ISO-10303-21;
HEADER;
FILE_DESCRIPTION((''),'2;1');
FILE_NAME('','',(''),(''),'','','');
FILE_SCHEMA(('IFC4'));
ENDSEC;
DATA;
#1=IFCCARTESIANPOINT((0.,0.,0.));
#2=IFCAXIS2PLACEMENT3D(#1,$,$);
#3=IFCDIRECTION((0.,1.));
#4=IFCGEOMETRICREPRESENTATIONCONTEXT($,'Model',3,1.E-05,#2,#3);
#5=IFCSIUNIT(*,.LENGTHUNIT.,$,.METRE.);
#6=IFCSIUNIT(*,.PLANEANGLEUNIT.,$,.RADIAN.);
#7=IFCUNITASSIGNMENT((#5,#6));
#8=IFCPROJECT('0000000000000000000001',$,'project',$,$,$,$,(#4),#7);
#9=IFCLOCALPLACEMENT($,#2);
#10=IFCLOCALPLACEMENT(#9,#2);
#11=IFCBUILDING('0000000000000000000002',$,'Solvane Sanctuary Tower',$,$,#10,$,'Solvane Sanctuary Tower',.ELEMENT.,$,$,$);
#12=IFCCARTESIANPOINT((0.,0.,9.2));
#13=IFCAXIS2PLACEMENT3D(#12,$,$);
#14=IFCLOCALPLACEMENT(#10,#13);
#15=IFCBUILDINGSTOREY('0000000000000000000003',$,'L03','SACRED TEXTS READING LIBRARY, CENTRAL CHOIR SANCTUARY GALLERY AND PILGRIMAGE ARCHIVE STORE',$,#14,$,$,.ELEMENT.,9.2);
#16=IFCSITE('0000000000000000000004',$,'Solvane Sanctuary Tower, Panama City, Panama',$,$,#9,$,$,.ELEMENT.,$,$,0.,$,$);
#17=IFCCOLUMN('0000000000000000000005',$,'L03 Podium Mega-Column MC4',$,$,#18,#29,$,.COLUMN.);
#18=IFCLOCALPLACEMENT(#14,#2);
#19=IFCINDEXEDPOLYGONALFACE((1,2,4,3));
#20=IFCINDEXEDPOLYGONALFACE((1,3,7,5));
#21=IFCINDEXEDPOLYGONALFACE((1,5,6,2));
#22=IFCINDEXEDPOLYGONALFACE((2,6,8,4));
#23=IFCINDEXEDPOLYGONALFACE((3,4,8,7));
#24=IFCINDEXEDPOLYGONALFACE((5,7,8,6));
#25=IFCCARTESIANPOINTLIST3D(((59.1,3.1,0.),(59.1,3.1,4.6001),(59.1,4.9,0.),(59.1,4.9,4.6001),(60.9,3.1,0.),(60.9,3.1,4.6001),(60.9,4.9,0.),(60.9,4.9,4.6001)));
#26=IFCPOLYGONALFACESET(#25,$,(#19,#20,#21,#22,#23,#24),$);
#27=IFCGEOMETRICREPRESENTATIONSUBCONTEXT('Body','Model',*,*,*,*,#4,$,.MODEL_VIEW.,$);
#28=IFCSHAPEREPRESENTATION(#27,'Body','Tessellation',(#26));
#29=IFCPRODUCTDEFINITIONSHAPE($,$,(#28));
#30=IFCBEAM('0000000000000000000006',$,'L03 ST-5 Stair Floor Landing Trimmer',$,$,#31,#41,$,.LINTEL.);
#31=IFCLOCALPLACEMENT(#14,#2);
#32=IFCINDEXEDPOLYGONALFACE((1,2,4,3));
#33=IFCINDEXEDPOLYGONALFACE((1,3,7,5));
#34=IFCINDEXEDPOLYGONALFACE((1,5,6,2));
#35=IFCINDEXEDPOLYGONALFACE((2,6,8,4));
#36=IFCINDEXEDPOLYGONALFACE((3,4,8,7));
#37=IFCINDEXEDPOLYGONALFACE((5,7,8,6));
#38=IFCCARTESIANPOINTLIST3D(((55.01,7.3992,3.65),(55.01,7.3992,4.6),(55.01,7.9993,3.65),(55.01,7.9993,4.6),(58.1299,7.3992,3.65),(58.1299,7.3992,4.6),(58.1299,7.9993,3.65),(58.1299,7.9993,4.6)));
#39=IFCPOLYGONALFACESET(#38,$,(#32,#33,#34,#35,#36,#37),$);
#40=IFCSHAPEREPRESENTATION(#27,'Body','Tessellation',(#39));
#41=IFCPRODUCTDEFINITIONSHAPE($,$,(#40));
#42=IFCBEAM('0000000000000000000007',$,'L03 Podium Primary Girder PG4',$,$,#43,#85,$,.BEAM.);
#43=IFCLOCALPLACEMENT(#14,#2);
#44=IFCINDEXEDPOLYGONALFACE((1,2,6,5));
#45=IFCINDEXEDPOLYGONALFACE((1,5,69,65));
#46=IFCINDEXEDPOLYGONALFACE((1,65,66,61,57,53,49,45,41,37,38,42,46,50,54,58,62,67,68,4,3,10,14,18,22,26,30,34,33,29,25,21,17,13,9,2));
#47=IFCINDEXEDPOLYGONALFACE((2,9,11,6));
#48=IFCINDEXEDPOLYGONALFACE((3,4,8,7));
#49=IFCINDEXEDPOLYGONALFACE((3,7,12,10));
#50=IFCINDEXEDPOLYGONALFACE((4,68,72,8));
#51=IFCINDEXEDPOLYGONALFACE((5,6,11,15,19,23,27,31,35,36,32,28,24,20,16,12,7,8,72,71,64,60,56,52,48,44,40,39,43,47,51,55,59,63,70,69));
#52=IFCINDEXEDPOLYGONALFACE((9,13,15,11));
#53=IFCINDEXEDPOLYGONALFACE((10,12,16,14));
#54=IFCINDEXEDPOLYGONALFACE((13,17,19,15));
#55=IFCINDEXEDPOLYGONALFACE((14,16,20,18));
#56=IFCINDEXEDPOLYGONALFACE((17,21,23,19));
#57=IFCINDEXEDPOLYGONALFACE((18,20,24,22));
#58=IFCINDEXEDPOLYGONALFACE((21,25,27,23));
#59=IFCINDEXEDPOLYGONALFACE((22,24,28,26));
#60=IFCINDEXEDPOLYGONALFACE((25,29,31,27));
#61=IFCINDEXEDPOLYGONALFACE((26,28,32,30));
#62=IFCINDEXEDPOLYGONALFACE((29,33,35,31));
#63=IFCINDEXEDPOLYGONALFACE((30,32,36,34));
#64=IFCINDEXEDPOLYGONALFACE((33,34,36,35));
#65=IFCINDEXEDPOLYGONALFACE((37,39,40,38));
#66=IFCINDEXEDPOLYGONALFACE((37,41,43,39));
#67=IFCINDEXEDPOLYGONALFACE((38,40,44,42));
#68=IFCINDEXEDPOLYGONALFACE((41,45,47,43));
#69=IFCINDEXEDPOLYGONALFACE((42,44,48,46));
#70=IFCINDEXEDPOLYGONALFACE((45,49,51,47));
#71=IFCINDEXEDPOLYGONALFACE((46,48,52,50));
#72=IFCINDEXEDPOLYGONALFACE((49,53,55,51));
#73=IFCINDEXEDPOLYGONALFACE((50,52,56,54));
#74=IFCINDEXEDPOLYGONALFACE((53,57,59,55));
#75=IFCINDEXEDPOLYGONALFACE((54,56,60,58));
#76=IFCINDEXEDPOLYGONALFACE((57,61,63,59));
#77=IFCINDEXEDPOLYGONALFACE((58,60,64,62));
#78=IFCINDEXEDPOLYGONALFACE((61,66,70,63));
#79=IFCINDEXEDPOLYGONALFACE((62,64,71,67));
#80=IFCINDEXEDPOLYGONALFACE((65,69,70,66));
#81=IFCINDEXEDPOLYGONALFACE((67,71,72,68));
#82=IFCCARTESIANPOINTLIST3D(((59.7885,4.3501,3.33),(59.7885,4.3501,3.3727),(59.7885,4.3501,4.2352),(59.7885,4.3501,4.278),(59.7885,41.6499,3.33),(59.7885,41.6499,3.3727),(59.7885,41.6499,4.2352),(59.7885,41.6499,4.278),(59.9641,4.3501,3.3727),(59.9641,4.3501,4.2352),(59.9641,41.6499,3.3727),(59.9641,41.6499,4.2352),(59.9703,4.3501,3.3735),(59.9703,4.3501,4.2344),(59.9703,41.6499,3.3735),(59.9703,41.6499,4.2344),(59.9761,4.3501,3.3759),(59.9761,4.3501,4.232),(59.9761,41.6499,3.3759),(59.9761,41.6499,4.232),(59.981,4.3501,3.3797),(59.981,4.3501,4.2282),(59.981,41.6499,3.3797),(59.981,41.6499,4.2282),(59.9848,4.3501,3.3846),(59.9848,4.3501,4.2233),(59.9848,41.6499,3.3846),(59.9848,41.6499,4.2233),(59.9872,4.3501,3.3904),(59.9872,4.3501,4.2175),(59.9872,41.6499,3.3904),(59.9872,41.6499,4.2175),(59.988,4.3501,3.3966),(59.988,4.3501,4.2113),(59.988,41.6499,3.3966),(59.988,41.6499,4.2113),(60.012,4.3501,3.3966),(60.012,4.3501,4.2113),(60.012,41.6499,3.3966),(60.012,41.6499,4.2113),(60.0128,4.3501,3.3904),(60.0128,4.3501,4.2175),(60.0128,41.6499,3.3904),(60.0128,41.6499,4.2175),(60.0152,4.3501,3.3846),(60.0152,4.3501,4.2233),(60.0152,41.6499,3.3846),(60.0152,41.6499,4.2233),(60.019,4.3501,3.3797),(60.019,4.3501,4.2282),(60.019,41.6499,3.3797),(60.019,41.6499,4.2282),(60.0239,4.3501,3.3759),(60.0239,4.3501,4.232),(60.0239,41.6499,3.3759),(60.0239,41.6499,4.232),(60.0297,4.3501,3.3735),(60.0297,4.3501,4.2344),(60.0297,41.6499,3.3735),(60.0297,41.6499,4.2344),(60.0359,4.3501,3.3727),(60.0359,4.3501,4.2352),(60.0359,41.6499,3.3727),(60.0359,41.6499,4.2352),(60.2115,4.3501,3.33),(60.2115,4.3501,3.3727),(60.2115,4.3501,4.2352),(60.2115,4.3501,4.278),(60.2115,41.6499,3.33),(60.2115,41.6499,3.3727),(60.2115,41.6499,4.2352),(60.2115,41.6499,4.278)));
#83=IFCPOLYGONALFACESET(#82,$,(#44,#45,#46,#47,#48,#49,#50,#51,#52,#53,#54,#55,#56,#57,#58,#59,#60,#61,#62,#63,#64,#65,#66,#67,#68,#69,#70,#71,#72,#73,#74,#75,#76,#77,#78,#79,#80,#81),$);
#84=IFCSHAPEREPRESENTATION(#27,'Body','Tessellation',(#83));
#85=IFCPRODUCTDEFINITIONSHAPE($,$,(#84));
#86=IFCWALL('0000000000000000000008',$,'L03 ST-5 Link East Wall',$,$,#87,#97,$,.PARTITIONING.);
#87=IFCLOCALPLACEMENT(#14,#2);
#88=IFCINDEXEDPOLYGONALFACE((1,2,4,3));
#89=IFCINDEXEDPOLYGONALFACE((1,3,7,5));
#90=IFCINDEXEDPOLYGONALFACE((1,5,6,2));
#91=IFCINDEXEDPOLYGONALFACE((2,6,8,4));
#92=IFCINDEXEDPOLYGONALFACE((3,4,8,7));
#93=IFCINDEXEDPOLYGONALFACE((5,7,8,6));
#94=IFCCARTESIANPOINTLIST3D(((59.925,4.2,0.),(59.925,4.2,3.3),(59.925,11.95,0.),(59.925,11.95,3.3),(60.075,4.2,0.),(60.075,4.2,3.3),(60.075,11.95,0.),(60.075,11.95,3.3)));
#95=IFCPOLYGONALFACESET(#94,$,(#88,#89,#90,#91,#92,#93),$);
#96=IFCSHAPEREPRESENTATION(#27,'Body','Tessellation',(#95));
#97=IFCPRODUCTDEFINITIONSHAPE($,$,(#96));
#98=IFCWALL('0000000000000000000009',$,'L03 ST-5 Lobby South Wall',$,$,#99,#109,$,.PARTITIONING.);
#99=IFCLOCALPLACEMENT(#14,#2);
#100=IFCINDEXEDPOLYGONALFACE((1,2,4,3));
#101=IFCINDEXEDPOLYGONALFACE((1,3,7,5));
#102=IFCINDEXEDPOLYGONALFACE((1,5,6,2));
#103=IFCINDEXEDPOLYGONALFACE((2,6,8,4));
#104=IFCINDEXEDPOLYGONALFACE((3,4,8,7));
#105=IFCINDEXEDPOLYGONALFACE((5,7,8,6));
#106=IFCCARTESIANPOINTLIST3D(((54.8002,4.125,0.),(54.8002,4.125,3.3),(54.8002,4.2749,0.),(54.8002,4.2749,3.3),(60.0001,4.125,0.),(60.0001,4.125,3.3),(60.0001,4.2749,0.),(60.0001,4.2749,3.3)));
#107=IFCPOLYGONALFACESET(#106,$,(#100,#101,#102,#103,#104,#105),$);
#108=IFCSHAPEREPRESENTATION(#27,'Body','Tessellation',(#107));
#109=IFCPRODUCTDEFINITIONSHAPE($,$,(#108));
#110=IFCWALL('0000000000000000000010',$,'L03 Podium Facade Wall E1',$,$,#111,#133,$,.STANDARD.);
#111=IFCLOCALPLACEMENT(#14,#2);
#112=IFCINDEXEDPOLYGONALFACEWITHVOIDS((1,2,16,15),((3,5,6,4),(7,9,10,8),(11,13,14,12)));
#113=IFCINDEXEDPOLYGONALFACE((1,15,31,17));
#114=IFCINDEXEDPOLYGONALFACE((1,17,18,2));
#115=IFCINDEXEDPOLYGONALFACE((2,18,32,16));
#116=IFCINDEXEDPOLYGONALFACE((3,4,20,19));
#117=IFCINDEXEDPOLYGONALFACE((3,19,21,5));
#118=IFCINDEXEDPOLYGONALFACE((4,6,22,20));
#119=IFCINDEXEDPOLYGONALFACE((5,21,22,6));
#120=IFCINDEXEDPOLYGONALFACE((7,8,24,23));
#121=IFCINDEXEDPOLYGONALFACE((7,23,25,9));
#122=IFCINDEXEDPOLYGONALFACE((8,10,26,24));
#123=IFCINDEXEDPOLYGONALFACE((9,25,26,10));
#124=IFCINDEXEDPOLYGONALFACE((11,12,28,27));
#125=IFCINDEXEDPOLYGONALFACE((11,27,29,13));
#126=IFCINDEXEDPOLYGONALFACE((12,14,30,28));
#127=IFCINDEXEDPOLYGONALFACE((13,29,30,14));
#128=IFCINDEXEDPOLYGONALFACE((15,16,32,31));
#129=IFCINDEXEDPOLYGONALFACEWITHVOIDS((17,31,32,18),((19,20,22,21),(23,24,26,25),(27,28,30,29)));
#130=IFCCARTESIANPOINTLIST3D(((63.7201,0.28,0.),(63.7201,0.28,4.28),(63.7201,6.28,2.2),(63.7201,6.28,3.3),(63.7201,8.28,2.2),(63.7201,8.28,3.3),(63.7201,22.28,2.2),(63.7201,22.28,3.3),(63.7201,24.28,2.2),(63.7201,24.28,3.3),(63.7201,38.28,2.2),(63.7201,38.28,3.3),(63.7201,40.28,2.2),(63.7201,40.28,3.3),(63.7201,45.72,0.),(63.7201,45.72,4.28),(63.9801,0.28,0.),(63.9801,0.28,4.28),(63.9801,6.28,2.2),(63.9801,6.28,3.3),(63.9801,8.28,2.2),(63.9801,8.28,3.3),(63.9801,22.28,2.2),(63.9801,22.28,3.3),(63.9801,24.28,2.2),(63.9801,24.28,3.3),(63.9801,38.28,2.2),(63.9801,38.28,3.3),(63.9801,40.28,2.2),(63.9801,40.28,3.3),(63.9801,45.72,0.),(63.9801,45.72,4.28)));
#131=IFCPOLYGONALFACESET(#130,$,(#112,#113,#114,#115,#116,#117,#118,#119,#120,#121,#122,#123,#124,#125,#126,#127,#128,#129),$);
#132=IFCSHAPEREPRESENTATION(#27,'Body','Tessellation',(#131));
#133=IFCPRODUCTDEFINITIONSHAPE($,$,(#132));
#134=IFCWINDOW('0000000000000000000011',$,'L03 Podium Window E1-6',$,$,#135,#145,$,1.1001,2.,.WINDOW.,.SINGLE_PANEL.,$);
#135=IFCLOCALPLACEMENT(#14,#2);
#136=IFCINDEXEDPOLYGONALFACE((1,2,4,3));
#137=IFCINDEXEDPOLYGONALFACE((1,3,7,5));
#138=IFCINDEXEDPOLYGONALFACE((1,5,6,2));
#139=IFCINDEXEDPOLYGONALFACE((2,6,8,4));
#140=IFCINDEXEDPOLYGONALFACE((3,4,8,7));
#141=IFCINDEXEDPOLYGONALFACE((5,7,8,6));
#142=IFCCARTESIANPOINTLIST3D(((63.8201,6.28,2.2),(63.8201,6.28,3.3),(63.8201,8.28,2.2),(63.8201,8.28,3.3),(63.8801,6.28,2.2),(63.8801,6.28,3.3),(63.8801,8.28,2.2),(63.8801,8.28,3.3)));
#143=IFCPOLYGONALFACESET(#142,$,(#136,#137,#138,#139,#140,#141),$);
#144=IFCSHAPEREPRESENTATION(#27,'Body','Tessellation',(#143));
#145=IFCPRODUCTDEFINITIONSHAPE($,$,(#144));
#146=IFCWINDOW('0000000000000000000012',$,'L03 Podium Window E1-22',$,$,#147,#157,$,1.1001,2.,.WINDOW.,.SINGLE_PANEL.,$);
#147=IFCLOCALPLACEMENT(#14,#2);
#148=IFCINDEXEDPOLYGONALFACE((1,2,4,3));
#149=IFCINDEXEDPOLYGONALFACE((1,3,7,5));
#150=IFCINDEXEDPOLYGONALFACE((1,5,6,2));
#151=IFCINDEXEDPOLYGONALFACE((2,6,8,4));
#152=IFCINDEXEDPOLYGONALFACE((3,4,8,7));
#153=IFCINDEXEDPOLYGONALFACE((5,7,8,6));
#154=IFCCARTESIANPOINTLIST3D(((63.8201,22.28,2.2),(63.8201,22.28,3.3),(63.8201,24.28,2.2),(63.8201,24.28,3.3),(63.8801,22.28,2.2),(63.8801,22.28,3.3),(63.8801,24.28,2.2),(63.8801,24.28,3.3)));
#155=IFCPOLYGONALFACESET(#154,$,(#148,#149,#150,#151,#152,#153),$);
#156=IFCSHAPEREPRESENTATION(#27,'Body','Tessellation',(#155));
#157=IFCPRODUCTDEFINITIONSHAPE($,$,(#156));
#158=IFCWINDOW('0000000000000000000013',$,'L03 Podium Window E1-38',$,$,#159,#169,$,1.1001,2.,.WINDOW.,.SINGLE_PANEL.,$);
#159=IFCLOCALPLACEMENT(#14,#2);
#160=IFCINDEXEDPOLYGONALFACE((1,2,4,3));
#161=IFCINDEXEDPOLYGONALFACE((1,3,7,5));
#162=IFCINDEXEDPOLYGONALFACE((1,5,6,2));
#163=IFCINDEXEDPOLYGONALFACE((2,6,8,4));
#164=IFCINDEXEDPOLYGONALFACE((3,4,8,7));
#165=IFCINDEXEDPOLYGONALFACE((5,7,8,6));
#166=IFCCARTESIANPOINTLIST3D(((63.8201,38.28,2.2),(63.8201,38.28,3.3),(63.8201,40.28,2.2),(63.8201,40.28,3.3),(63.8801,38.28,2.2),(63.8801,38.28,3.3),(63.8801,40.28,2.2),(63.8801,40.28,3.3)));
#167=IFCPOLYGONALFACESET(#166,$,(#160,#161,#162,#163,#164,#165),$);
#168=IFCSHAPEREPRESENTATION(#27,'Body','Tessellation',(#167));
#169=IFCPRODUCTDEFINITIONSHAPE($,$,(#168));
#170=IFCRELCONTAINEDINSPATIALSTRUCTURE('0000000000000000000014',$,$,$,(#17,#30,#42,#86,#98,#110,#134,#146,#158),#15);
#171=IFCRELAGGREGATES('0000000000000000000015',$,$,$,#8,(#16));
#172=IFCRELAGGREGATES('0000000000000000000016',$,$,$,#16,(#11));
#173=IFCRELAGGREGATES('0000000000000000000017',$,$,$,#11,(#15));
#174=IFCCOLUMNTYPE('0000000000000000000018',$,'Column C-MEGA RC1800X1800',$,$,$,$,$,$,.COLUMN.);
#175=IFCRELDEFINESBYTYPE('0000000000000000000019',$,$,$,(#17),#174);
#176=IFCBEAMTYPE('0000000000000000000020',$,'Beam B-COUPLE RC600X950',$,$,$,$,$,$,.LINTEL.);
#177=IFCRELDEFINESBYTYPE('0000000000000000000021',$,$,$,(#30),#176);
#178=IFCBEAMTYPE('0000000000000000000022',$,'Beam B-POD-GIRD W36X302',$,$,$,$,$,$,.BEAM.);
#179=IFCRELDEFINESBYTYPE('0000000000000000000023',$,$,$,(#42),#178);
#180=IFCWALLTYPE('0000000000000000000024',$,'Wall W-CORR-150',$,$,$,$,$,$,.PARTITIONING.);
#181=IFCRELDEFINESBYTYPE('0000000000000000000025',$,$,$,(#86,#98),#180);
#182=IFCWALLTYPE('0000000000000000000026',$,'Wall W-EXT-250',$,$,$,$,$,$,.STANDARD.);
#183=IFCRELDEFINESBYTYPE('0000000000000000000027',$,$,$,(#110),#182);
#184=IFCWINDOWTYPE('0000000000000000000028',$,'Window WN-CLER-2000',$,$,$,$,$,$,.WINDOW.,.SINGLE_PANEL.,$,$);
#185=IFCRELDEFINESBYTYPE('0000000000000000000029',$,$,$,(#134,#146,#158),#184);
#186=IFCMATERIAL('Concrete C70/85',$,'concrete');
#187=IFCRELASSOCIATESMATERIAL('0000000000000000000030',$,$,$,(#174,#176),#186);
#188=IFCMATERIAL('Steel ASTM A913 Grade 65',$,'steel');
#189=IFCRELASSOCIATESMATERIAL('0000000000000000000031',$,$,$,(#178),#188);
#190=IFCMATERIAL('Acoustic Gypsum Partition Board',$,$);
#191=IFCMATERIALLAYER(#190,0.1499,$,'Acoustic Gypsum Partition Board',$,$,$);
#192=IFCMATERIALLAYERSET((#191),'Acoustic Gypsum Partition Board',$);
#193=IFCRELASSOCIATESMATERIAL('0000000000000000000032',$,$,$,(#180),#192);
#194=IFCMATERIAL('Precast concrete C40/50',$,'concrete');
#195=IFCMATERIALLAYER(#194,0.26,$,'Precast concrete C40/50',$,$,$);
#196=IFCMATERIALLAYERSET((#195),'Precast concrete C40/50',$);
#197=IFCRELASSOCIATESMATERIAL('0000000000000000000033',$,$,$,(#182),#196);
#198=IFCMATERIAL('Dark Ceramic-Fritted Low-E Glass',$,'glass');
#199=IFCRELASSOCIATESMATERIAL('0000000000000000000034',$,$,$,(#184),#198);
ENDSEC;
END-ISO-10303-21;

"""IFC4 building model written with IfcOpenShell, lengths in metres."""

from ifc_helpers import new_model, si_unit, direction, frame, frame_2d, origin, origin_2d, place, context, subcontext, project, spatial, rectangle, i_section, extrude, material, layer, layer_set, material_profile, profile_set, type_object, element, fill, save


model = new_model("IFC4")

# Units and contexts
model_context = context("Model", 3, precision=1e-05, world=origin(), true_north=direction((0.0, 1.0)))
body_context = subcontext(model_context, "Body", "Model", "MODEL_VIEW")
ifc_project = project(units=[si_unit("LENGTHUNIT", "METRE"), si_unit("PLANEANGLEUNIT", "RADIAN")], contexts=[model_context])

# Site, building, storey
site_placement = place(None, origin())
site = spatial("IfcSite", under=ifc_project, at=site_placement, Name="Solvane Sanctuary Tower, Panama City, Panama", CompositionType="ELEMENT", RefElevation=0.0)
building_placement = place(site_placement, origin())
building = spatial("IfcBuilding", under=site, at=building_placement, Name="Solvane Sanctuary Tower", LongName="Solvane Sanctuary Tower", CompositionType="ELEMENT")
storey_placement = place(building_placement, frame((0.0, 0.0, 9.2)))
storey = spatial("IfcBuildingStorey", under=building, at=storey_placement, Name="L03", Description="SACRED TEXTS READING LIBRARY, CENTRAL CHOIR SANCTUARY GALLERY AND PILGRIMAGE ARCHIVE STORE", CompositionType="ELEMENT", Elevation=9.2)

# Column
ifc_material_1 = material(Name="Concrete C70/85", Category="concrete")
ifc_material_profile_1 = material_profile(ifc_material_1, rectangle(XDim=1.8, YDim=1.8, at=origin_2d()), Name="RC1800X1800")
ifc_profile_set_1 = profile_set([ifc_material_profile_1], Name="Concrete C70/85")
column_type = type_object("IfcColumnType", Name="Column C-MEGA RC1800X1800", PredefinedType="COLUMN", material=ifc_profile_set_1)
column_placement = place(storey_placement, frame((60.0, 4.0, 0.0), z_axis=(0.0, 0.0, 1.0), x_axis=(1.0, 0.0, 0.0)))
element("IfcColumn", 1, at=column_placement, inside=storey, type_object=column_type, Name="L03 Podium Mega-Column MC4", PredefinedType="COLUMN", context=body_context, shape_type="SweptSolid", body=[
    extrude(rectangle(XDim=1.8, YDim=1.8, at=origin_2d()), origin(), (0.0, 0.0, 1.0), 4.6001),
])

# Beams
ifc_material_profile_2 = material_profile(ifc_material_1, rectangle(XDim=0.6001, YDim=0.95, at=origin_2d()), Name="RC600X950")
ifc_profile_set_2 = profile_set([ifc_material_profile_2], Name="Concrete C70/85")
beam_type_1 = type_object("IfcBeamType", Name="Beam B-COUPLE RC600X950", PredefinedType="LINTEL", material=ifc_profile_set_2)
beam_1_placement = place(storey_placement, frame((55.01, 7.6992, 4.125), z_axis=(1.0, 0.0, 0.0), x_axis=(0.0, 1.0, 0.0)))
element("IfcBeam", 2, at=beam_1_placement, inside=storey, type_object=beam_type_1, Name="L03 ST-5 Stair Floor Landing Trimmer", PredefinedType="LINTEL", context=body_context, shape_type="SweptSolid", body=[
    extrude(rectangle(XDim=0.6001, YDim=0.95, at=origin_2d()), origin(), (0.0, 0.0, 1.0), 3.1199),
])
ifc_material_2 = material(Name="Steel ASTM A913 Grade 65", Category="steel")
ifc_material_profile_3 = material_profile(ifc_material_2, i_section(OverallWidth=0.4231, OverallDepth=0.948, WebThickness=0.0239, FlangeThickness=0.0427, FilletRadius=0.0239, at=origin_2d()), Name="W36X302")
ifc_profile_set_3 = profile_set([ifc_material_profile_3], Name="Steel ASTM A913 Grade 65")
beam_type_2 = type_object("IfcBeamType", Name="Beam B-POD-GIRD W36X302", PredefinedType="BEAM", material=ifc_profile_set_3)
beam_2_placement = place(storey_placement, frame((60.0, 4.3501, 3.804), z_axis=(0.0, 1.0, 0.0), x_axis=(-1.0, 0.0, 0.0)))
element("IfcBeam", 3, at=beam_2_placement, inside=storey, type_object=beam_type_2, Name="L03 Podium Primary Girder PG4", PredefinedType="BEAM", context=body_context, shape_type="SweptSolid", body=[
    extrude(i_section(OverallWidth=0.4231, OverallDepth=0.948, WebThickness=0.0239, FlangeThickness=0.0427, FilletRadius=0.0239, at=origin_2d()), origin(), (0.0, 0.0, 1.0), 37.2998),
])

# Walls
ifc_material_3 = material(Name="Acoustic Gypsum Partition Board")
ifc_layer_1 = layer(ifc_material_3, 0.1499, Name="Acoustic Gypsum Partition Board")
ifc_layer_set_1 = layer_set([ifc_layer_1], Name="Acoustic Gypsum Partition Board")
wall_type_1 = type_object("IfcWallType", Name="Wall W-CORR-150", PredefinedType="PARTITIONING", material=ifc_layer_set_1)
wall_1_placement = place(storey_placement, frame((60.0, 4.2, 0.0), z_axis=(0.0, 0.0, 1.0), x_axis=(0.0, 1.0, 0.0)))
element("IfcWall", 4, at=wall_1_placement, inside=storey, type_object=wall_type_1, Name="L03 ST-5 Link East Wall", PredefinedType="PARTITIONING", context=body_context, shape_type="SweptSolid", body=[
    extrude(rectangle(XDim=7.75, YDim=0.1499, at=frame_2d((3.875, 0.0))), origin(), (0.0, 0.0, 1.0), 3.3),
])
wall_2_placement = place(storey_placement, frame((54.8, 4.2, 0.0), z_axis=(0.0, 0.0, 1.0), x_axis=(1.0, 0.0, 0.0)))
element("IfcWall", 5, at=wall_2_placement, inside=storey, type_object=wall_type_1, Name="L03 ST-5 Lobby South Wall", PredefinedType="PARTITIONING", context=body_context, shape_type="SweptSolid", body=[
    extrude(rectangle(XDim=5.2, YDim=0.1499, at=frame_2d((2.6001, 0.0))), origin(), (0.0, 0.0, 1.0), 3.3),
])

# Wall, openings, windows
ifc_material_4 = material(Name="Precast concrete C40/50", Category="concrete")
ifc_layer_2 = layer(ifc_material_4, 0.26, Name="Precast concrete C40/50")
ifc_layer_set_2 = layer_set([ifc_layer_2], Name="Precast concrete C40/50")
wall_type_2 = type_object("IfcWallType", Name="Wall W-EXT-250", PredefinedType="STANDARD", material=ifc_layer_set_2)
wall_3_placement = place(storey_placement, frame((63.8501, 0.28, 0.0), z_axis=(0.0, 0.0, 1.0), x_axis=(0.0, 1.0, 0.0)))
wall_3 = element("IfcWall", 6, at=wall_3_placement, inside=storey, type_object=wall_type_2, Name="L03 Podium Facade Wall E1", PredefinedType="STANDARD", context=body_context, shape_type="SweptSolid", body=[
    extrude(rectangle(XDim=45.4399, YDim=0.26, at=frame_2d((22.72, 0.0))), origin(), (0.0, 0.0, 1.0), 4.28),
])
opening_1_placement = place(wall_3_placement, frame((6.0, 0.0, 2.2)))
opening_1 = element("IfcOpeningElement", 7, at=opening_1_placement, cuts=wall_3, PredefinedType="OPENING", context=body_context, shape_type="SweptSolid", body=[
    extrude(rectangle(XDim=2.0, YDim=1.1001, at=frame_2d((1.0, 0.55))), frame((0.0, 0.1399, 0.0), z_axis=(0.0, -1.0, 0.0), x_axis=(1.0, 0.0, 0.0)), (0.0, 0.0, 1.0), 0.28),
])
opening_2_placement = place(wall_3_placement, frame((22.0, 0.0, 2.2)))
opening_2 = element("IfcOpeningElement", 8, at=opening_2_placement, cuts=wall_3, PredefinedType="OPENING", context=body_context, shape_type="SweptSolid", body=[
    extrude(rectangle(XDim=2.0, YDim=1.1001, at=frame_2d((1.0, 0.55))), frame((0.0, 0.1399, 0.0), z_axis=(0.0, -1.0, 0.0), x_axis=(1.0, 0.0, 0.0)), (0.0, 0.0, 1.0), 0.28),
])
opening_3_placement = place(wall_3_placement, frame((38.0, 0.0, 2.2)))
opening_3 = element("IfcOpeningElement", 9, at=opening_3_placement, cuts=wall_3, PredefinedType="OPENING", context=body_context, shape_type="SweptSolid", body=[
    extrude(rectangle(XDim=2.0, YDim=1.1001, at=frame_2d((1.0, 0.55))), frame((0.0, 0.1399, 0.0), z_axis=(0.0, -1.0, 0.0), x_axis=(1.0, 0.0, 0.0)), (0.0, 0.0, 1.0), 0.28),
])
ifc_material_5 = material(Name="Dark Ceramic-Fritted Low-E Glass", Category="glass")
window_type = type_object("IfcWindowType", Name="Window WN-CLER-2000", PartitioningType="SINGLE_PANEL", PredefinedType="WINDOW", material=ifc_material_5)
window_1_placement = place(opening_1_placement, origin())
window_1 = element("IfcWindow", 10, at=window_1_placement, inside=storey, type_object=window_type, Name="L03 Podium Window E1-6", OverallHeight=1.1001, OverallWidth=2.0, PartitioningType="SINGLE_PANEL", PredefinedType="WINDOW", context=body_context, shape_type="SweptSolid", body=[
    extrude(rectangle(XDim=2.0, YDim=1.1001, at=frame_2d((1.0, 0.55))), frame((0.0, 0.03, 0.0), z_axis=(0.0, -1.0, 0.0), x_axis=(1.0, 0.0, 0.0)), (0.0, 0.0, 1.0), 0.0601),
])
fill(opening_1, window_1)
window_2_placement = place(opening_2_placement, origin())
window_2 = element("IfcWindow", 11, at=window_2_placement, inside=storey, type_object=window_type, Name="L03 Podium Window E1-22", OverallHeight=1.1001, OverallWidth=2.0, PartitioningType="SINGLE_PANEL", PredefinedType="WINDOW", context=body_context, shape_type="SweptSolid", body=[
    extrude(rectangle(XDim=2.0, YDim=1.1001, at=frame_2d((1.0, 0.55))), frame((0.0, 0.03, 0.0), z_axis=(0.0, -1.0, 0.0), x_axis=(1.0, 0.0, 0.0)), (0.0, 0.0, 1.0), 0.0601),
])
fill(opening_2, window_2)
window_3_placement = place(opening_3_placement, origin())
window_3 = element("IfcWindow", 12, at=window_3_placement, inside=storey, type_object=window_type, Name="L03 Podium Window E1-38", OverallHeight=1.1001, OverallWidth=2.0, PartitioningType="SINGLE_PANEL", PredefinedType="WINDOW", context=body_context, shape_type="SweptSolid", body=[
    extrude(rectangle(XDim=2.0, YDim=1.1001, at=frame_2d((1.0, 0.55))), frame((0.0, 0.03, 0.0), z_axis=(0.0, -1.0, 0.0), x_axis=(1.0, 0.0, 0.0)), (0.0, 0.0, 1.0), 0.0601),
])
fill(opening_3, window_3)

save(model, "model.ifc")
